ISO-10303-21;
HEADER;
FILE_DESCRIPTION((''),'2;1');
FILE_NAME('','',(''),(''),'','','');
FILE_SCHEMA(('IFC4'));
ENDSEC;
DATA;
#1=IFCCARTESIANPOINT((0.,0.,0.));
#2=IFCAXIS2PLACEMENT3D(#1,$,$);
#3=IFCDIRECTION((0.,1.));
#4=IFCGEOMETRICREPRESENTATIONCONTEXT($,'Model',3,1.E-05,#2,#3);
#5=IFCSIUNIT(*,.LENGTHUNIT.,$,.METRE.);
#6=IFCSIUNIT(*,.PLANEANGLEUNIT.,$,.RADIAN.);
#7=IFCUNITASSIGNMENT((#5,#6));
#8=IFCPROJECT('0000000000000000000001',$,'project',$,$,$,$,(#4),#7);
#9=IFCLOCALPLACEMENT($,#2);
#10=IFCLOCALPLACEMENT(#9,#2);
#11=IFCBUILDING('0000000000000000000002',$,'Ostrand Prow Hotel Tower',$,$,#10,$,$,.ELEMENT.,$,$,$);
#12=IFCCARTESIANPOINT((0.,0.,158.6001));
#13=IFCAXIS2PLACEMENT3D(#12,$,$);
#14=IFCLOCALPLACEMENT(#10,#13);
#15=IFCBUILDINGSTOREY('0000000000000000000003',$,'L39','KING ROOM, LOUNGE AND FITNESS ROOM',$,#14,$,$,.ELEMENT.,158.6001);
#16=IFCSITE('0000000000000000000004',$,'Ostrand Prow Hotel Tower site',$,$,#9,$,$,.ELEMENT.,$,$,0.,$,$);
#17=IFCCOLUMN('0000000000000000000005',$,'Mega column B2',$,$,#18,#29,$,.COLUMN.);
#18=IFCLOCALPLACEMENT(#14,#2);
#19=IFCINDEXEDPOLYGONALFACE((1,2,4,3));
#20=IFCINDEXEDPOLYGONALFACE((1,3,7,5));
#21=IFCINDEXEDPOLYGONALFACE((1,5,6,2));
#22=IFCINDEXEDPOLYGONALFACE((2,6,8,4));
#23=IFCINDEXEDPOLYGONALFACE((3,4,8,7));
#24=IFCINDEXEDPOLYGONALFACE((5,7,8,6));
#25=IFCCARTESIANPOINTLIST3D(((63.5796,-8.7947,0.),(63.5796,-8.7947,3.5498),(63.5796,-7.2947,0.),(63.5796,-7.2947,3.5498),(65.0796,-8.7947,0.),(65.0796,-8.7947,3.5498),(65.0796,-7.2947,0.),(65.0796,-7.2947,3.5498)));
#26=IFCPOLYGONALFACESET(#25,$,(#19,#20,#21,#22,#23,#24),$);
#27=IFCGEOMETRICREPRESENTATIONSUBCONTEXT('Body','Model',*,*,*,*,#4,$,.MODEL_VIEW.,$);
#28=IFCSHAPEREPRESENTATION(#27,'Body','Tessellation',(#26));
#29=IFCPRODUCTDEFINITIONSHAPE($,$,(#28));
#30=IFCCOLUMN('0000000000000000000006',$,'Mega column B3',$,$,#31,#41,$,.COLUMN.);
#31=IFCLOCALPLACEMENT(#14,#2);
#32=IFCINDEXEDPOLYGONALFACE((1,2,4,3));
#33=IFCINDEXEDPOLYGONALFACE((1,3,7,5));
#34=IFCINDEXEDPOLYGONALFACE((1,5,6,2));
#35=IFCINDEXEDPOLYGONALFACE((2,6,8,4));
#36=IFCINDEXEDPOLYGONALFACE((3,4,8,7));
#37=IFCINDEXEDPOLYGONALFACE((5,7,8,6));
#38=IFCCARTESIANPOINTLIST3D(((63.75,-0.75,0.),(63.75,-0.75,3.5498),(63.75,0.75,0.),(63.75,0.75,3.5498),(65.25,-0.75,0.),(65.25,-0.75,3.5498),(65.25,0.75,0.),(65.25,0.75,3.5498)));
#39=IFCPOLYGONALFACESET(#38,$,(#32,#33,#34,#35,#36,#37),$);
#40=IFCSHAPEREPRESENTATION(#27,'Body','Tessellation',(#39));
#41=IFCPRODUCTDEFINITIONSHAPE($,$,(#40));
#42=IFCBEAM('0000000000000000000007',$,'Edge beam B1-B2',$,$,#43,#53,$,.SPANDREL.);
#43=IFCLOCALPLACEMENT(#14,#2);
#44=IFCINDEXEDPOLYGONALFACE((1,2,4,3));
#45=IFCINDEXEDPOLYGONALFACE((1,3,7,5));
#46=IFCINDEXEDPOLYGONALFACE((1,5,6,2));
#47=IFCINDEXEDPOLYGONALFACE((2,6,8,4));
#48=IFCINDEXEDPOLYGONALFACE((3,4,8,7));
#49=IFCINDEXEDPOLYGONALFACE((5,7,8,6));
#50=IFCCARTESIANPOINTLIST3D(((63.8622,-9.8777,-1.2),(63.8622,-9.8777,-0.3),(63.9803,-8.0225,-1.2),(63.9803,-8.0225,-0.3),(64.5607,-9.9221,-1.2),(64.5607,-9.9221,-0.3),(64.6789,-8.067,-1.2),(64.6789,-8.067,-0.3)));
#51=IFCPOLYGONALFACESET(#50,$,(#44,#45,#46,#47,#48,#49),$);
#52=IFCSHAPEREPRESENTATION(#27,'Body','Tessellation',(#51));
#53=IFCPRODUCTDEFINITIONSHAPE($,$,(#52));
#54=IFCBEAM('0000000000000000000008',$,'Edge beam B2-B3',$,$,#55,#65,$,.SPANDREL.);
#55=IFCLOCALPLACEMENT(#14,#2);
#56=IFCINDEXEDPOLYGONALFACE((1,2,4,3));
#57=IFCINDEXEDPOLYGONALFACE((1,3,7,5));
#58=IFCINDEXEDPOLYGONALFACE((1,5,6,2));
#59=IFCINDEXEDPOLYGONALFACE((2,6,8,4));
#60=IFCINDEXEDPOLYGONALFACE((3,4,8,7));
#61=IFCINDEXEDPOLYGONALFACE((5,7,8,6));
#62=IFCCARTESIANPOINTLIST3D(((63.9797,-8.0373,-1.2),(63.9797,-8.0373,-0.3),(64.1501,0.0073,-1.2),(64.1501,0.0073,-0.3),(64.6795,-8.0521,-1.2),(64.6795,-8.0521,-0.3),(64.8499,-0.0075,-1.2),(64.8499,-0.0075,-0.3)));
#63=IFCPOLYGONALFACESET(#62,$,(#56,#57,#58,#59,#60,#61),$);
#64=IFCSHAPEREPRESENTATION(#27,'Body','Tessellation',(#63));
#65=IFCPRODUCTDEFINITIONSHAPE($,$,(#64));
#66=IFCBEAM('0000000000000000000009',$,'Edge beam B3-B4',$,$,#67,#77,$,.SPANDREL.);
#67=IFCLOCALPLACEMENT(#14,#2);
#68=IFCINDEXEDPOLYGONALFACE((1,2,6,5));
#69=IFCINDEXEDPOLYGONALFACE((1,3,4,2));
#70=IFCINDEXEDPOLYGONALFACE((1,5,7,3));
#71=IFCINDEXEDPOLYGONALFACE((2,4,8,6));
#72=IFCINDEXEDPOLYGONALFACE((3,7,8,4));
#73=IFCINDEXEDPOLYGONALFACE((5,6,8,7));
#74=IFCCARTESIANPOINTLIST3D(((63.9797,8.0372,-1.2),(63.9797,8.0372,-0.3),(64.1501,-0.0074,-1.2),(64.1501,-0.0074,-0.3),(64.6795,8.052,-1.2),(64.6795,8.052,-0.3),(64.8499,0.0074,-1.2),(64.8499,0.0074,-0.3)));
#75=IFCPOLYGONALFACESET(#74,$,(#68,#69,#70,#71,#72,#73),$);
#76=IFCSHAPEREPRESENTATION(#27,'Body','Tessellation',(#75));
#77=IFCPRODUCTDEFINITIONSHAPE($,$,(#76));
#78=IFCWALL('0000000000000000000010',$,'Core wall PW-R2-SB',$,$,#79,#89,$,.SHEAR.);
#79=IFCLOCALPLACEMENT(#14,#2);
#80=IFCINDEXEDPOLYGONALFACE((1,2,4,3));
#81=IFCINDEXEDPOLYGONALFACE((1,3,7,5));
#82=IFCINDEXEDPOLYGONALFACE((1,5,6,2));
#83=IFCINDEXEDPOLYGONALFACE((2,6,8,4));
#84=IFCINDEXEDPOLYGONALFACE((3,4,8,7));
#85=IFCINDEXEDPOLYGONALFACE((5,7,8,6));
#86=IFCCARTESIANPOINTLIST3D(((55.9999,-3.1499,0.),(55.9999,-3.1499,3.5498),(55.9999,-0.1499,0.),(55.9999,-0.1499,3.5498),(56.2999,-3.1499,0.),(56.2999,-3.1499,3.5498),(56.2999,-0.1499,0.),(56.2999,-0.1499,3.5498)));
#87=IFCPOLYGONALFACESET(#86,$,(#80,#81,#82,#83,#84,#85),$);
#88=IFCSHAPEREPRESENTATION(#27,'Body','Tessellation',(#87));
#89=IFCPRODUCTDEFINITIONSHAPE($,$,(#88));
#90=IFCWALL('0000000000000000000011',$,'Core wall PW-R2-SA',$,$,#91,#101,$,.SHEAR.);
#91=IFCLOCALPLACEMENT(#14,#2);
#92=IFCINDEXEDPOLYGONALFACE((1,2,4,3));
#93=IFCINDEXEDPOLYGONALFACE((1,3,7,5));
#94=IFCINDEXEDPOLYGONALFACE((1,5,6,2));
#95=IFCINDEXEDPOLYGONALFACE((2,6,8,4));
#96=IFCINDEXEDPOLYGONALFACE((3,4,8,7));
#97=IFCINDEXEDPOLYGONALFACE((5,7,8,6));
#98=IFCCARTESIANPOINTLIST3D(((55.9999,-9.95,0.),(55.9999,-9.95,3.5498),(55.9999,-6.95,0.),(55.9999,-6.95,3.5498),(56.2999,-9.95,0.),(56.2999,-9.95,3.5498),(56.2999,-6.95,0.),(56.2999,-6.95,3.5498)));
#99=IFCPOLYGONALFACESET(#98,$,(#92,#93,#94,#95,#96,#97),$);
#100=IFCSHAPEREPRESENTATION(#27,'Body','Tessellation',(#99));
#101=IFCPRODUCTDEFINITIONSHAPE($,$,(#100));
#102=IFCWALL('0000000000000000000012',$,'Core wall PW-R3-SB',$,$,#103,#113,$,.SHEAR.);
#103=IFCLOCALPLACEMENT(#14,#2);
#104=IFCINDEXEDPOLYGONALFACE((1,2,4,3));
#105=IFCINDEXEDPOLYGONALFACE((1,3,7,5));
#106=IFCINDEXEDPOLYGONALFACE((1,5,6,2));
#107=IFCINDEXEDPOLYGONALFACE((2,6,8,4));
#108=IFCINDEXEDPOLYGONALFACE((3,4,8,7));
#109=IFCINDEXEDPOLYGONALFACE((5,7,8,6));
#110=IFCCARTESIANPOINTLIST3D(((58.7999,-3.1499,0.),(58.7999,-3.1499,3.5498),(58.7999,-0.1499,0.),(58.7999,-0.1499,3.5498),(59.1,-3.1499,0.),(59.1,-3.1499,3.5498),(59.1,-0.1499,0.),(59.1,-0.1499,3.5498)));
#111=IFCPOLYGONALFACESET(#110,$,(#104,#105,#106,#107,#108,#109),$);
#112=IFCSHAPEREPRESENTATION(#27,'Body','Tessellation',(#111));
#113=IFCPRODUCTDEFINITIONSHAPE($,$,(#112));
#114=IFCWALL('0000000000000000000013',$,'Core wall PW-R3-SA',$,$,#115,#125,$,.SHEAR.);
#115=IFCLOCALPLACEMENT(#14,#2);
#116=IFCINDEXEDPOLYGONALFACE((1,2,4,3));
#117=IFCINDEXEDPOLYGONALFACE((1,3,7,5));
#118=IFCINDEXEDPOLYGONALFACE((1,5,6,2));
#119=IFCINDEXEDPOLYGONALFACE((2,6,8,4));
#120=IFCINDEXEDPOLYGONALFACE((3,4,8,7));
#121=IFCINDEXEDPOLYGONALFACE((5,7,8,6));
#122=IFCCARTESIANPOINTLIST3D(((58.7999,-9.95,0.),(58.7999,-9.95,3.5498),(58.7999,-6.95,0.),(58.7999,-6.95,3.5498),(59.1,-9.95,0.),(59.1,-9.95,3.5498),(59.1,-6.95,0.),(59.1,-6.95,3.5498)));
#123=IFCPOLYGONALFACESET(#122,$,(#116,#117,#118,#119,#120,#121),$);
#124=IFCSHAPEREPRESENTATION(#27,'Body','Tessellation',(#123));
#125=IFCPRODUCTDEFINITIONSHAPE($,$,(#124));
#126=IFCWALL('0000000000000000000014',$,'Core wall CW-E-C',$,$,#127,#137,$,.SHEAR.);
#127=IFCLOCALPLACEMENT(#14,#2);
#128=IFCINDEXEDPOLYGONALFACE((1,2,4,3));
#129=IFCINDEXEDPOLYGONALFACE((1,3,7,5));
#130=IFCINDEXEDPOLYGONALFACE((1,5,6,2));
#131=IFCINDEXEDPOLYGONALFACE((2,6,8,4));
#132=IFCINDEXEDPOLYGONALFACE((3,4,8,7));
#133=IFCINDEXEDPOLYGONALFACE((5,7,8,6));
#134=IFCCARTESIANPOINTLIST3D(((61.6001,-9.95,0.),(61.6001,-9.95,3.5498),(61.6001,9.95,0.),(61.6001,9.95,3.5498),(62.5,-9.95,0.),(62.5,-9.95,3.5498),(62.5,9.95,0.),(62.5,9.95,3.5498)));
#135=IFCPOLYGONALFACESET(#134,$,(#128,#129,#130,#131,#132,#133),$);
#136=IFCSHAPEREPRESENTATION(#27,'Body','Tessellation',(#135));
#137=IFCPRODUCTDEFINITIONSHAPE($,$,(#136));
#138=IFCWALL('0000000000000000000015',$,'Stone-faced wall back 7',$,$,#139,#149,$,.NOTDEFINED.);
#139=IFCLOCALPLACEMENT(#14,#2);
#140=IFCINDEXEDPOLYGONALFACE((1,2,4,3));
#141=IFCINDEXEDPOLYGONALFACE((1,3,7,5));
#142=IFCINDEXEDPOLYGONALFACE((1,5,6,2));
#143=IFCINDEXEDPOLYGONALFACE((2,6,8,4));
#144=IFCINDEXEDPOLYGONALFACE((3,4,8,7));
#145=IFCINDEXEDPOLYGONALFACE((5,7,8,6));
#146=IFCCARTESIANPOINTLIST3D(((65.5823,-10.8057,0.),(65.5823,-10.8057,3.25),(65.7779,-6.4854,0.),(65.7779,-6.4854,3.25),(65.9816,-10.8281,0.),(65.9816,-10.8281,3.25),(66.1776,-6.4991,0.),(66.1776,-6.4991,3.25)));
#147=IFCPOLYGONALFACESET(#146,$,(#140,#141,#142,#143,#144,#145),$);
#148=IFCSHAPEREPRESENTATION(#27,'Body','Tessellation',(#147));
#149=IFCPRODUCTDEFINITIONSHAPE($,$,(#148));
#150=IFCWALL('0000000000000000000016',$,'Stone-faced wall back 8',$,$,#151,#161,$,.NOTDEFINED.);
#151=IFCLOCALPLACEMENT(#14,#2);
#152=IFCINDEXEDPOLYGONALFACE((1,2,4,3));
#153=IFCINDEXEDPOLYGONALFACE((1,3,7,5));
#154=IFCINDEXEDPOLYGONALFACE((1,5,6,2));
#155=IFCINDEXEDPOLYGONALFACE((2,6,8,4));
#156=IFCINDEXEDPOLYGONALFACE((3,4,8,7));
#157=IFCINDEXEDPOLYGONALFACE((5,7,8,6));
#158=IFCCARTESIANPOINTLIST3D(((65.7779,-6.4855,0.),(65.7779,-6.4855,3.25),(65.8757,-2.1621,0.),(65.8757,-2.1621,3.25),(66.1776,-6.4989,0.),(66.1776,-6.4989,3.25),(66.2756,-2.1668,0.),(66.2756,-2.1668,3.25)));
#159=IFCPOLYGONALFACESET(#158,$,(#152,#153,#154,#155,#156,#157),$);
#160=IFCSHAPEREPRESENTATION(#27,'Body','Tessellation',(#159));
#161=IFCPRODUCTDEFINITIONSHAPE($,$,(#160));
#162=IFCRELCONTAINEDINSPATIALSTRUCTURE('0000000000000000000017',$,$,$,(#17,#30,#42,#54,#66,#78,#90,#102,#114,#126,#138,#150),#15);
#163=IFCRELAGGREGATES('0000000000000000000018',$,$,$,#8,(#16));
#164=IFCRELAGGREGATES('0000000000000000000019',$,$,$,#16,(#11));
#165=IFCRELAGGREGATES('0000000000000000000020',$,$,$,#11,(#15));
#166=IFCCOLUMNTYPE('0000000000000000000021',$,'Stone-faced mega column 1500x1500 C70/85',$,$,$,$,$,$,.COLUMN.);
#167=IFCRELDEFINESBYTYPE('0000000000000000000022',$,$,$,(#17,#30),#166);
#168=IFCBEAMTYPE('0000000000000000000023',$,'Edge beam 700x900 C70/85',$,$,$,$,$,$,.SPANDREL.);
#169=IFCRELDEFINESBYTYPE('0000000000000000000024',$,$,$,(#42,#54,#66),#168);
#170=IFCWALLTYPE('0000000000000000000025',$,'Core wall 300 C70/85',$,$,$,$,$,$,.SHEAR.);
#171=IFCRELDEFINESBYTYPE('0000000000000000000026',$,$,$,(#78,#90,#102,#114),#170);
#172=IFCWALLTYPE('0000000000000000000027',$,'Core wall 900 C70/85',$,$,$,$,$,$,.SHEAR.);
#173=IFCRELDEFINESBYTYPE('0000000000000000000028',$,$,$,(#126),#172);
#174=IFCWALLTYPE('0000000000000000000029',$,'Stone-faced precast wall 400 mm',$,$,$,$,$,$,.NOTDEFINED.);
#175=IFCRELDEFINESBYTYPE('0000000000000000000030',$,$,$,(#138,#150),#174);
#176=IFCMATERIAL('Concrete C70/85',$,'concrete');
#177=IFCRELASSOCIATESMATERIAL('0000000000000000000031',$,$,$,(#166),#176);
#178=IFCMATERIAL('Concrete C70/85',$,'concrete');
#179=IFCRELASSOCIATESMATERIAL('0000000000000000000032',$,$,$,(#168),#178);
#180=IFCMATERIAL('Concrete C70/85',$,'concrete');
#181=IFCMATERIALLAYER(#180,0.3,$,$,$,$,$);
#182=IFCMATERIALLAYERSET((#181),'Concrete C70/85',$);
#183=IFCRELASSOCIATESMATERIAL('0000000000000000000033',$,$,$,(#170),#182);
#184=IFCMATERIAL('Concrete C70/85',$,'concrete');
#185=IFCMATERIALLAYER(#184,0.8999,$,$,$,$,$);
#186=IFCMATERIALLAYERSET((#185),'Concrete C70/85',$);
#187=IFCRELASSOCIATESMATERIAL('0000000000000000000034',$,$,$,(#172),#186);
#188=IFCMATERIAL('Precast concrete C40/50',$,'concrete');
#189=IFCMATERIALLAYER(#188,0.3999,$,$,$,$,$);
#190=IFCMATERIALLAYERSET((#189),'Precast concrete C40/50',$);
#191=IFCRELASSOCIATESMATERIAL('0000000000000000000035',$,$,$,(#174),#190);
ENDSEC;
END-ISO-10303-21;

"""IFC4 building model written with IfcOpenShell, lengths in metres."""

from ifc_helpers import new_model, si_unit, direction, frame, frame_2d, origin, origin_2d, place, context, subcontext, project, spatial, polyline, rectangle, outline, extrude, material, layer, layer_set, material_profile, profile_set, type_object, element, save


model = new_model("IFC4")

# Units and contexts
model_context = context("Model", 3, precision=1e-05, world=origin(), true_north=direction((0.0, 1.0)))
body_context = subcontext(model_context, "Body", "Model", "MODEL_VIEW")
ifc_project = project(units=[si_unit("LENGTHUNIT", "METRE"), si_unit("PLANEANGLEUNIT", "RADIAN")], contexts=[model_context])

# Site, building, storey
site_placement = place(None, origin())
site = spatial("IfcSite", under=ifc_project, at=site_placement, Name="Ostrand Prow Hotel Tower site", CompositionType="ELEMENT", RefElevation=0.0)
building_placement = place(site_placement, origin())
building = spatial("IfcBuilding", under=site, at=building_placement, Name="Ostrand Prow Hotel Tower", CompositionType="ELEMENT")
storey_placement = place(building_placement, frame((0.0, 0.0, 158.6001)))
storey = spatial("IfcBuildingStorey", under=building, at=storey_placement, Name="L39", Description="KING ROOM, LOUNGE AND FITNESS ROOM", CompositionType="ELEMENT", Elevation=158.6001)

# Columns
ifc_material_1 = material(Name="Concrete C70/85", Category="concrete")
ifc_material_profile_1 = material_profile(ifc_material_1, rectangle(XDim=1.5, YDim=1.5, at=origin_2d()), Name="RC 1500x1500")
ifc_profile_set_1 = profile_set([ifc_material_profile_1], Name="Concrete C70/85")
column_type = type_object("IfcColumnType", Name="Stone-faced mega column 1500x1500 C70/85", PredefinedType="COLUMN", material=ifc_profile_set_1)
for number, where, z_axis, x_axis, name in (
    (1, (64.3296, -8.0447, 0.0), (0.0, 0.0, 1.0), (1.0, 0.0, 0.0), "Mega column B2"),
    (2, (64.5, 0.0, 0.0), (0.0, 0.0, 1.0), (1.0, 0.0, 0.0), "Mega column B3"),
):
    element("IfcColumn", number, at=place(storey_placement, frame(where, z_axis=z_axis, x_axis=x_axis)), inside=storey, type_object=column_type, Name=name, PredefinedType="COLUMN", context=body_context, shape_type="SweptSolid", body=[
        extrude(rectangle(XDim=1.5, YDim=1.5, at=origin_2d()), origin(), (0.0, 0.0, 1.0), 3.5498),
    ])

# Beams
ifc_material_2 = material(Name="Concrete C70/85", Category="concrete")
ifc_material_profile_2 = material_profile(ifc_material_2, rectangle(XDim=0.7, YDim=0.8999, at=origin_2d()), Name="RC 700x900")
ifc_profile_set_2 = profile_set([ifc_material_profile_2], Name="Concrete C70/85")
beam_type = type_object("IfcBeamType", Name="Edge beam 700x900 C70/85", PredefinedType="SPANDREL", material=ifc_profile_set_2)
beam_placement = place(storey_placement, frame((64.2114, -9.8999, -0.75), z_axis=(0.063564, 0.997978, 0.0), x_axis=(-0.997978, 0.063564, 0.0)))
element("IfcBeam", 3, at=beam_placement, inside=storey, type_object=beam_type, Name="Edge beam B1-B2", PredefinedType="SPANDREL", context=body_context, shape_type="SweptSolid", body=[
    extrude(rectangle(XDim=0.7, YDim=0.8999, at=origin_2d()), origin(), (0.0, 0.0, 1.0), 1.8589),
])
for number, where, z_axis, x_axis, name in (
    (4, (64.3296, -8.0447, -0.75), (0.021178, 0.999776, 0.0), (-0.999776, 0.021178, 0.0), "Edge beam B2-B3"),
    (5, (64.5, 0.0, -0.75), (-0.021178, 0.999776, 0.0), (-0.999776, -0.021178, 0.0), "Edge beam B3-B4"),
):
    element("IfcBeam", number, at=place(storey_placement, frame(where, z_axis=z_axis, x_axis=x_axis)), inside=storey, type_object=beam_type, Name=name, PredefinedType="SPANDREL", context=body_context, shape_type="SweptSolid", body=[
        extrude(rectangle(XDim=0.7, YDim=0.8999, at=origin_2d()), origin(), (0.0, 0.0, 1.0), 8.0464),
    ])

# Walls
ifc_material_3 = material(Name="Concrete C70/85", Category="concrete")
ifc_layer_1 = layer(ifc_material_3, 0.3)
ifc_layer_set_1 = layer_set([ifc_layer_1], Name="Concrete C70/85")
wall_type_1 = type_object("IfcWallType", Name="Core wall 300 C70/85", PredefinedType="SHEAR", material=ifc_layer_set_1)
for number, where, z_axis, x_axis, name in (
    (6, (56.1499, -3.1499, 0.0), (0.0, 0.0, 1.0), (0.0, 1.0, 0.0), "Core wall PW-R2-SB"),
    (7, (56.1499, -9.95, 0.0), (0.0, 0.0, 1.0), (0.0, 1.0, 0.0), "Core wall PW-R2-SA"),
    (8, (58.95, -3.1499, 0.0), (0.0, 0.0, 1.0), (0.0, 1.0, 0.0), "Core wall PW-R3-SB"),
    (9, (58.95, -9.95, 0.0), (0.0, 0.0, 1.0), (0.0, 1.0, 0.0), "Core wall PW-R3-SA"),
):
    element("IfcWall", number, at=place(storey_placement, frame(where, z_axis=z_axis, x_axis=x_axis)), inside=storey, type_object=wall_type_1, Name=name, PredefinedType="SHEAR", context=body_context, shape_type="SweptSolid", body=[
        extrude(rectangle(XDim=3.0, YDim=0.3, at=frame_2d((1.5, 0.0))), origin(), (0.0, 0.0, 1.0), 3.5498),
    ])
ifc_material_4 = material(Name="Concrete C70/85", Category="concrete")
ifc_layer_2 = layer(ifc_material_4, 0.8999)
ifc_layer_set_2 = layer_set([ifc_layer_2], Name="Concrete C70/85")
wall_type_2 = type_object("IfcWallType", Name="Core wall 900 C70/85", PredefinedType="SHEAR", material=ifc_layer_set_2)
wall_1_placement = place(storey_placement, frame((62.05, -9.95, 0.0), z_axis=(0.0, 0.0, 1.0), x_axis=(0.0, 1.0, 0.0)))
element("IfcWall", 10, at=wall_1_placement, inside=storey, type_object=wall_type_2, Name="Core wall CW-E-C", PredefinedType="SHEAR", context=body_context, shape_type="SweptSolid", body=[
    extrude(rectangle(XDim=19.8999, YDim=0.8999, at=frame_2d((9.95, 0.0))), origin(), (0.0, 0.0, 1.0), 3.5498),
])
ifc_material_5 = material(Name="Precast concrete C40/50", Category="concrete")
ifc_layer_3 = layer(ifc_material_5, 0.3999)
ifc_layer_set_3 = layer_set([ifc_layer_3], Name="Precast concrete C40/50")
wall_type_3 = type_object("IfcWallType", Name="Stone-faced precast wall 400 mm", PredefinedType="NOTDEFINED", material=ifc_layer_set_3)
wall_2_placement = place(storey_placement, frame((65.782, -10.8169, 0.0), z_axis=(0.0, 0.0, 1.0), x_axis=(0.045229, 0.998977, 0.0)))
element("IfcWall", 11, at=wall_2_placement, inside=storey, type_object=wall_type_3, Name="Stone-faced wall back 7", PredefinedType="NOTDEFINED", context=body_context, shape_type="SweptSolid", body=[
    extrude(outline(polyline([(-0.0022, -0.2), (4.3313, -0.2), (4.3269, 0.2), (0.0022, 0.2), (-0.0022, -0.2)])), origin(), (0.0, 0.0, 1.0), 3.25),
])
wall_3_placement = place(storey_placement, frame((65.9778, -6.4922, 0.0), z_axis=(0.0, 0.0, 1.0), x_axis=(0.022616, 0.999744, 0.0)))
element("IfcWall", 12, at=wall_3_placement, inside=storey, type_object=wall_type_3, Name="Stone-faced wall back 8", PredefinedType="NOTDEFINED", context=body_context, shape_type="SweptSolid", body=[
    extrude(outline(polyline([(-0.0022, -0.2), (4.3311, -0.2), (4.3267, 0.2), (0.0022, 0.2), (-0.0022, -0.2)])), origin(), (0.0, 0.0, 1.0), 3.25),
])

save(model, "model.ifc")
